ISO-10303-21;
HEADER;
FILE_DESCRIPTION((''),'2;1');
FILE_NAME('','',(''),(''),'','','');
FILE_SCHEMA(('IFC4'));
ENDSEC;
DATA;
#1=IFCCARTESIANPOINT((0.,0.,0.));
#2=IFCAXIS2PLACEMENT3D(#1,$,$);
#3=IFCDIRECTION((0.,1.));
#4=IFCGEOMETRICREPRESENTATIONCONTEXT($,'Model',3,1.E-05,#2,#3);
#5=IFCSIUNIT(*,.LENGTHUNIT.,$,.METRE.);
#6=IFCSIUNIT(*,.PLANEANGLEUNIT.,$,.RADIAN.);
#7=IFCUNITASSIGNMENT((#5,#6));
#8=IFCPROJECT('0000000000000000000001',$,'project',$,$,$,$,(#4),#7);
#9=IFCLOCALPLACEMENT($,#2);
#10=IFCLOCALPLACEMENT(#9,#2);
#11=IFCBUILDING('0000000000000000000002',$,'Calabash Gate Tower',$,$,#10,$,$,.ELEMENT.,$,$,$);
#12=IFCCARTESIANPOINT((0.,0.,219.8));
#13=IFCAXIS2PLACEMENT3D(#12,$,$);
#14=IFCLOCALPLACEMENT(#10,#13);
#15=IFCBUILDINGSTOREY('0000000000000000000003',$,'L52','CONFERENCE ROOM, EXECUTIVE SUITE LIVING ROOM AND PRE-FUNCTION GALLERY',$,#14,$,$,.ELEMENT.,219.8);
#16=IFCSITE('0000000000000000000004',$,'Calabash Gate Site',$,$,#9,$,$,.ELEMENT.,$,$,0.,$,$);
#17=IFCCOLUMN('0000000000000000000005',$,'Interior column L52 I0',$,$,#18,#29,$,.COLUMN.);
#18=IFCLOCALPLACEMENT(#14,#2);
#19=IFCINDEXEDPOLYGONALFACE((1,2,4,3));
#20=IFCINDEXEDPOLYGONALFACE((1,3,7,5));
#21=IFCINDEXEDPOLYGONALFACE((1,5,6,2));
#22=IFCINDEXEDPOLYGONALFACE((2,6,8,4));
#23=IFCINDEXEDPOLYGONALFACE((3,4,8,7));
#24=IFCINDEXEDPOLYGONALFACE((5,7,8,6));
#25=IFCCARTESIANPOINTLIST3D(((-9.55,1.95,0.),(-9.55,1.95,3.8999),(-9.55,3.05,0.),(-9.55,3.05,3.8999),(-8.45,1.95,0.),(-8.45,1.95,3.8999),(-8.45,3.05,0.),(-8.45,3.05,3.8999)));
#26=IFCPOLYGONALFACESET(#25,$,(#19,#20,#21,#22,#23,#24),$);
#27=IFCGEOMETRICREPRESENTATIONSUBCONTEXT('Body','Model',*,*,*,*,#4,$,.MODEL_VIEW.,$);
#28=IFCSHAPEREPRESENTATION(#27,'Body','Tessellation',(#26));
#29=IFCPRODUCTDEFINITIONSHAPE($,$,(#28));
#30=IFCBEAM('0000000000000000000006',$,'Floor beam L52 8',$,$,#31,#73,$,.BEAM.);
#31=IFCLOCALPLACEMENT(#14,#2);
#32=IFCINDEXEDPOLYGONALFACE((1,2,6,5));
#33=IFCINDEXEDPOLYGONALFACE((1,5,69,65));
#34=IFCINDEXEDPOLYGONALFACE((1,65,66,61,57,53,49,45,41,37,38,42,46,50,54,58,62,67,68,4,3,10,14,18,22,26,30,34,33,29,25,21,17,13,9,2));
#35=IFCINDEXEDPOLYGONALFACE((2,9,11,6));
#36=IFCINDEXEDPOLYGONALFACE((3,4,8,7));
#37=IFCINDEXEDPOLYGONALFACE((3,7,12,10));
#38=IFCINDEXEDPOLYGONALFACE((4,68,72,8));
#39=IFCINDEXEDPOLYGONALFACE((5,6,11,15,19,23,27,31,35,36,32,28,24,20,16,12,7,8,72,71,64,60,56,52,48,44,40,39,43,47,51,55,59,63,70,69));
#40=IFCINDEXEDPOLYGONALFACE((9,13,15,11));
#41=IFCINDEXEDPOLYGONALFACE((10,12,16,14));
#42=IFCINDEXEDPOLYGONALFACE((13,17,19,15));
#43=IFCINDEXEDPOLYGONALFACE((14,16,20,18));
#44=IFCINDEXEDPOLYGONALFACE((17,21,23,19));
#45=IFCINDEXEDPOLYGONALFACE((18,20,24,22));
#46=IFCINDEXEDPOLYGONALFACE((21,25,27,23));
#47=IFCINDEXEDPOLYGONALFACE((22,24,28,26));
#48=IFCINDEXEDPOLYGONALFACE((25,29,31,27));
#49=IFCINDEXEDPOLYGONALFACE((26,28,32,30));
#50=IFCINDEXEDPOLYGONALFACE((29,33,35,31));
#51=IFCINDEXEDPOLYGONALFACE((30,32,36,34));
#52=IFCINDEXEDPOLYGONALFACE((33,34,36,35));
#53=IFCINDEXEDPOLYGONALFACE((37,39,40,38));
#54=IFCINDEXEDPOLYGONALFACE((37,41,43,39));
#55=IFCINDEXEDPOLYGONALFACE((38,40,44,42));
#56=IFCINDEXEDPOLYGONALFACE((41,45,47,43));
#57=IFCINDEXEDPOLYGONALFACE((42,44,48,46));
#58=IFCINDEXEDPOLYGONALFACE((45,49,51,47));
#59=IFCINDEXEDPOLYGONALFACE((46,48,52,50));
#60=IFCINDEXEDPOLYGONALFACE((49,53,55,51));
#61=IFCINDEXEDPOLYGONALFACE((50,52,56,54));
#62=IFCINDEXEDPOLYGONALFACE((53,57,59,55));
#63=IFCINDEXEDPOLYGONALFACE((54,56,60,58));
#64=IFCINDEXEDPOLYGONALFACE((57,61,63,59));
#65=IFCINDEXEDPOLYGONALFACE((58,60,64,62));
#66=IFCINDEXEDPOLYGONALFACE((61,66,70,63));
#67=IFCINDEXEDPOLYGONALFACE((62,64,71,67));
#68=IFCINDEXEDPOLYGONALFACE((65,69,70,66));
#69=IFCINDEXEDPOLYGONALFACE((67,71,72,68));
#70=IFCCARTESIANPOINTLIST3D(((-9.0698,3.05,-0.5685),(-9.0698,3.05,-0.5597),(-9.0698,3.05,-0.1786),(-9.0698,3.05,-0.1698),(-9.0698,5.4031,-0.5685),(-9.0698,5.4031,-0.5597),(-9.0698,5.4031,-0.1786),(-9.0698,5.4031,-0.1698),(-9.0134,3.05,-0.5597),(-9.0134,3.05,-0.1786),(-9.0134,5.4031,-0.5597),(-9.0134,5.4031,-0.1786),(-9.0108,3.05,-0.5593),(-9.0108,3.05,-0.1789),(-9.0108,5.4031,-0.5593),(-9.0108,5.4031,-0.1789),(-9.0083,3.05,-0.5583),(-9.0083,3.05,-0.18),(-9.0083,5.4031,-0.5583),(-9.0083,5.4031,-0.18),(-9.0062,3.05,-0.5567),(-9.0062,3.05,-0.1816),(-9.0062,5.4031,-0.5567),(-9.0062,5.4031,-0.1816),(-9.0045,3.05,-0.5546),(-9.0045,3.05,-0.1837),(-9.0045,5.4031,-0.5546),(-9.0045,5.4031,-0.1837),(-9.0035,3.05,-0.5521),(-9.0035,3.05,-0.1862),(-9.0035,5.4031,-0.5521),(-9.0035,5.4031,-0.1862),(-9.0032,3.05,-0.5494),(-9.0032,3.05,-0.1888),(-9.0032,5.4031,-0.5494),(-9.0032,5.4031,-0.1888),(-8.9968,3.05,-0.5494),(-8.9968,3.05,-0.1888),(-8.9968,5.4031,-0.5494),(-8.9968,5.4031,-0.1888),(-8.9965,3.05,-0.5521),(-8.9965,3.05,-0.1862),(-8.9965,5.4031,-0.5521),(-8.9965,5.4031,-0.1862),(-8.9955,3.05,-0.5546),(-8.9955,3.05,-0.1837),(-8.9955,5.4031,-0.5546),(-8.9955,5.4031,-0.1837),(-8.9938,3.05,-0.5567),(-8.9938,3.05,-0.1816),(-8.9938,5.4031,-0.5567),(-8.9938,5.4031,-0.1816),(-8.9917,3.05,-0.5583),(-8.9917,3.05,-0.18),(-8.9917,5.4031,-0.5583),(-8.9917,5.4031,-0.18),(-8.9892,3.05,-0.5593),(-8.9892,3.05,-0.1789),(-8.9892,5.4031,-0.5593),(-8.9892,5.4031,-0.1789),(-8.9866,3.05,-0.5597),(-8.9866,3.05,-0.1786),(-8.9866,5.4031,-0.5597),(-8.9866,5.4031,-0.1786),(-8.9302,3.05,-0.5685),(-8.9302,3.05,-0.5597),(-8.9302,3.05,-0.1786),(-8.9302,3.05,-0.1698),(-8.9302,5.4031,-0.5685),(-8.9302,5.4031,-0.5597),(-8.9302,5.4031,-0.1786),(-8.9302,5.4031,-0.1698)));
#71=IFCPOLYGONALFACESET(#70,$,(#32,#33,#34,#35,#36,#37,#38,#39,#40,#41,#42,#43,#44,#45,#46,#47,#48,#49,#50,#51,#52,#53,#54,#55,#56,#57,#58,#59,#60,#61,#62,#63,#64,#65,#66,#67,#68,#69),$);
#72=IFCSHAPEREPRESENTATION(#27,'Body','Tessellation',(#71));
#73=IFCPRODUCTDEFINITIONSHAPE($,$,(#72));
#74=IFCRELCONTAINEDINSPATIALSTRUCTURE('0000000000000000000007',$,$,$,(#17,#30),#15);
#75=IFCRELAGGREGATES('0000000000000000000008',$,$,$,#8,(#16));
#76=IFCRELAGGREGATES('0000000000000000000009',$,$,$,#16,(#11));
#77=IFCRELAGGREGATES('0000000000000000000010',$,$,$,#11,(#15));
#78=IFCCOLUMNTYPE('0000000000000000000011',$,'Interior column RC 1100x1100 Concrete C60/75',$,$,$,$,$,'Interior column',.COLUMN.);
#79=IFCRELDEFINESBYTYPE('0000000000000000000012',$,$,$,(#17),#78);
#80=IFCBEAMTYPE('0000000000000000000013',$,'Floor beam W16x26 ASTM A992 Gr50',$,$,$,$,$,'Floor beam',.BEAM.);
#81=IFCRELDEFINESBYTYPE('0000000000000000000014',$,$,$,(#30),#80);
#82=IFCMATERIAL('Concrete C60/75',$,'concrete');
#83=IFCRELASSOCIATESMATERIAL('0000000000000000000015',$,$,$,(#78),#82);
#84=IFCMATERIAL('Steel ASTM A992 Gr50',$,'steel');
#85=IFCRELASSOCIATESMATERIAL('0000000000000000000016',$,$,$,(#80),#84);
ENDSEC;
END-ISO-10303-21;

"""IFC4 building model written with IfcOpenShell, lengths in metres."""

from ifc_helpers import new_model, si_unit, direction, frame, origin, origin_2d, place, context, subcontext, project, spatial, rectangle, i_section, extrude, material, material_profile, profile_set, type_object, element, save


model = new_model("IFC4")

# Units and contexts
model_context = context("Model", 3, precision=1e-05, world=origin(), true_north=direction((0.0, 1.0)))
body_context = subcontext(model_context, "Body", "Model", "MODEL_VIEW")
ifc_project = project(units=[si_unit("LENGTHUNIT", "METRE"), si_unit("PLANEANGLEUNIT", "RADIAN")], contexts=[model_context])

# Site, building, storey
site_placement = place(None, origin())
site = spatial("IfcSite", under=ifc_project, at=site_placement, Name="Calabash Gate Site", CompositionType="ELEMENT", RefElevation=0.0)
building_placement = place(site_placement, origin())
building = spatial("IfcBuilding", under=site, at=building_placement, Name="Calabash Gate Tower", CompositionType="ELEMENT")
storey_placement = place(building_placement, frame((0.0, 0.0, 219.8)))
storey = spatial("IfcBuildingStorey", under=building, at=storey_placement, Name="L52", Description="CONFERENCE ROOM, EXECUTIVE SUITE LIVING ROOM AND PRE-FUNCTION GALLERY", CompositionType="ELEMENT", Elevation=219.8)

# Column
ifc_material_1 = material(Name="Concrete C60/75", Category="concrete")
ifc_material_profile_1 = material_profile(ifc_material_1, rectangle(XDim=1.1001, YDim=1.1001, at=origin_2d()))
ifc_profile_set_1 = profile_set([ifc_material_profile_1], Name="Concrete C60/75")
column_type = type_object("IfcColumnType", Name="Interior column RC 1100x1100 Concrete C60/75", ElementType="Interior column", PredefinedType="COLUMN", material=ifc_profile_set_1)
column_placement = place(storey_placement, frame((-9.0, 2.5, 0.0), z_axis=(0.0, 0.0, 1.0), x_axis=(1.0, 0.0, 0.0)))
element("IfcColumn", 1, at=column_placement, inside=storey, type_object=column_type, Name="Interior column L52 I0", PredefinedType="COLUMN", context=body_context, shape_type="SweptSolid", body=[
    extrude(rectangle(XDim=1.1001, YDim=1.1001, at=origin_2d()), origin(), (0.0, 0.0, 1.0), 3.8999),
])

# Beam
ifc_material_2 = material(Name="Steel ASTM A992 Gr50", Category="steel")
ifc_material_profile_2 = material_profile(ifc_material_2, i_section(OverallWidth=0.1396, OverallDepth=0.3987, WebThickness=0.0063, FlangeThickness=0.0088, FilletRadius=0.0103, at=origin_2d()))
ifc_profile_set_2 = profile_set([ifc_material_profile_2], Name="Steel ASTM A992 Gr50")
beam_type = type_object("IfcBeamType", Name="Floor beam W16x26 ASTM A992 Gr50", ElementType="Floor beam", PredefinedType="BEAM", material=ifc_profile_set_2)
beam_placement = place(storey_placement, frame((-9.0, 3.05, -0.3691), z_axis=(0.0, 1.0, 0.0), x_axis=(-1.0, 0.0, 0.0)))
element("IfcBeam", 2, at=beam_placement, inside=storey, type_object=beam_type, Name="Floor beam L52 8", PredefinedType="BEAM", context=body_context, shape_type="SweptSolid", body=[
    extrude(i_section(OverallWidth=0.1396, OverallDepth=0.3987, WebThickness=0.0063, FlangeThickness=0.0088, FilletRadius=0.0103, at=origin_2d()), origin(), (0.0, 0.0, 1.0), 2.353),
])

save(model, "model.ifc")
